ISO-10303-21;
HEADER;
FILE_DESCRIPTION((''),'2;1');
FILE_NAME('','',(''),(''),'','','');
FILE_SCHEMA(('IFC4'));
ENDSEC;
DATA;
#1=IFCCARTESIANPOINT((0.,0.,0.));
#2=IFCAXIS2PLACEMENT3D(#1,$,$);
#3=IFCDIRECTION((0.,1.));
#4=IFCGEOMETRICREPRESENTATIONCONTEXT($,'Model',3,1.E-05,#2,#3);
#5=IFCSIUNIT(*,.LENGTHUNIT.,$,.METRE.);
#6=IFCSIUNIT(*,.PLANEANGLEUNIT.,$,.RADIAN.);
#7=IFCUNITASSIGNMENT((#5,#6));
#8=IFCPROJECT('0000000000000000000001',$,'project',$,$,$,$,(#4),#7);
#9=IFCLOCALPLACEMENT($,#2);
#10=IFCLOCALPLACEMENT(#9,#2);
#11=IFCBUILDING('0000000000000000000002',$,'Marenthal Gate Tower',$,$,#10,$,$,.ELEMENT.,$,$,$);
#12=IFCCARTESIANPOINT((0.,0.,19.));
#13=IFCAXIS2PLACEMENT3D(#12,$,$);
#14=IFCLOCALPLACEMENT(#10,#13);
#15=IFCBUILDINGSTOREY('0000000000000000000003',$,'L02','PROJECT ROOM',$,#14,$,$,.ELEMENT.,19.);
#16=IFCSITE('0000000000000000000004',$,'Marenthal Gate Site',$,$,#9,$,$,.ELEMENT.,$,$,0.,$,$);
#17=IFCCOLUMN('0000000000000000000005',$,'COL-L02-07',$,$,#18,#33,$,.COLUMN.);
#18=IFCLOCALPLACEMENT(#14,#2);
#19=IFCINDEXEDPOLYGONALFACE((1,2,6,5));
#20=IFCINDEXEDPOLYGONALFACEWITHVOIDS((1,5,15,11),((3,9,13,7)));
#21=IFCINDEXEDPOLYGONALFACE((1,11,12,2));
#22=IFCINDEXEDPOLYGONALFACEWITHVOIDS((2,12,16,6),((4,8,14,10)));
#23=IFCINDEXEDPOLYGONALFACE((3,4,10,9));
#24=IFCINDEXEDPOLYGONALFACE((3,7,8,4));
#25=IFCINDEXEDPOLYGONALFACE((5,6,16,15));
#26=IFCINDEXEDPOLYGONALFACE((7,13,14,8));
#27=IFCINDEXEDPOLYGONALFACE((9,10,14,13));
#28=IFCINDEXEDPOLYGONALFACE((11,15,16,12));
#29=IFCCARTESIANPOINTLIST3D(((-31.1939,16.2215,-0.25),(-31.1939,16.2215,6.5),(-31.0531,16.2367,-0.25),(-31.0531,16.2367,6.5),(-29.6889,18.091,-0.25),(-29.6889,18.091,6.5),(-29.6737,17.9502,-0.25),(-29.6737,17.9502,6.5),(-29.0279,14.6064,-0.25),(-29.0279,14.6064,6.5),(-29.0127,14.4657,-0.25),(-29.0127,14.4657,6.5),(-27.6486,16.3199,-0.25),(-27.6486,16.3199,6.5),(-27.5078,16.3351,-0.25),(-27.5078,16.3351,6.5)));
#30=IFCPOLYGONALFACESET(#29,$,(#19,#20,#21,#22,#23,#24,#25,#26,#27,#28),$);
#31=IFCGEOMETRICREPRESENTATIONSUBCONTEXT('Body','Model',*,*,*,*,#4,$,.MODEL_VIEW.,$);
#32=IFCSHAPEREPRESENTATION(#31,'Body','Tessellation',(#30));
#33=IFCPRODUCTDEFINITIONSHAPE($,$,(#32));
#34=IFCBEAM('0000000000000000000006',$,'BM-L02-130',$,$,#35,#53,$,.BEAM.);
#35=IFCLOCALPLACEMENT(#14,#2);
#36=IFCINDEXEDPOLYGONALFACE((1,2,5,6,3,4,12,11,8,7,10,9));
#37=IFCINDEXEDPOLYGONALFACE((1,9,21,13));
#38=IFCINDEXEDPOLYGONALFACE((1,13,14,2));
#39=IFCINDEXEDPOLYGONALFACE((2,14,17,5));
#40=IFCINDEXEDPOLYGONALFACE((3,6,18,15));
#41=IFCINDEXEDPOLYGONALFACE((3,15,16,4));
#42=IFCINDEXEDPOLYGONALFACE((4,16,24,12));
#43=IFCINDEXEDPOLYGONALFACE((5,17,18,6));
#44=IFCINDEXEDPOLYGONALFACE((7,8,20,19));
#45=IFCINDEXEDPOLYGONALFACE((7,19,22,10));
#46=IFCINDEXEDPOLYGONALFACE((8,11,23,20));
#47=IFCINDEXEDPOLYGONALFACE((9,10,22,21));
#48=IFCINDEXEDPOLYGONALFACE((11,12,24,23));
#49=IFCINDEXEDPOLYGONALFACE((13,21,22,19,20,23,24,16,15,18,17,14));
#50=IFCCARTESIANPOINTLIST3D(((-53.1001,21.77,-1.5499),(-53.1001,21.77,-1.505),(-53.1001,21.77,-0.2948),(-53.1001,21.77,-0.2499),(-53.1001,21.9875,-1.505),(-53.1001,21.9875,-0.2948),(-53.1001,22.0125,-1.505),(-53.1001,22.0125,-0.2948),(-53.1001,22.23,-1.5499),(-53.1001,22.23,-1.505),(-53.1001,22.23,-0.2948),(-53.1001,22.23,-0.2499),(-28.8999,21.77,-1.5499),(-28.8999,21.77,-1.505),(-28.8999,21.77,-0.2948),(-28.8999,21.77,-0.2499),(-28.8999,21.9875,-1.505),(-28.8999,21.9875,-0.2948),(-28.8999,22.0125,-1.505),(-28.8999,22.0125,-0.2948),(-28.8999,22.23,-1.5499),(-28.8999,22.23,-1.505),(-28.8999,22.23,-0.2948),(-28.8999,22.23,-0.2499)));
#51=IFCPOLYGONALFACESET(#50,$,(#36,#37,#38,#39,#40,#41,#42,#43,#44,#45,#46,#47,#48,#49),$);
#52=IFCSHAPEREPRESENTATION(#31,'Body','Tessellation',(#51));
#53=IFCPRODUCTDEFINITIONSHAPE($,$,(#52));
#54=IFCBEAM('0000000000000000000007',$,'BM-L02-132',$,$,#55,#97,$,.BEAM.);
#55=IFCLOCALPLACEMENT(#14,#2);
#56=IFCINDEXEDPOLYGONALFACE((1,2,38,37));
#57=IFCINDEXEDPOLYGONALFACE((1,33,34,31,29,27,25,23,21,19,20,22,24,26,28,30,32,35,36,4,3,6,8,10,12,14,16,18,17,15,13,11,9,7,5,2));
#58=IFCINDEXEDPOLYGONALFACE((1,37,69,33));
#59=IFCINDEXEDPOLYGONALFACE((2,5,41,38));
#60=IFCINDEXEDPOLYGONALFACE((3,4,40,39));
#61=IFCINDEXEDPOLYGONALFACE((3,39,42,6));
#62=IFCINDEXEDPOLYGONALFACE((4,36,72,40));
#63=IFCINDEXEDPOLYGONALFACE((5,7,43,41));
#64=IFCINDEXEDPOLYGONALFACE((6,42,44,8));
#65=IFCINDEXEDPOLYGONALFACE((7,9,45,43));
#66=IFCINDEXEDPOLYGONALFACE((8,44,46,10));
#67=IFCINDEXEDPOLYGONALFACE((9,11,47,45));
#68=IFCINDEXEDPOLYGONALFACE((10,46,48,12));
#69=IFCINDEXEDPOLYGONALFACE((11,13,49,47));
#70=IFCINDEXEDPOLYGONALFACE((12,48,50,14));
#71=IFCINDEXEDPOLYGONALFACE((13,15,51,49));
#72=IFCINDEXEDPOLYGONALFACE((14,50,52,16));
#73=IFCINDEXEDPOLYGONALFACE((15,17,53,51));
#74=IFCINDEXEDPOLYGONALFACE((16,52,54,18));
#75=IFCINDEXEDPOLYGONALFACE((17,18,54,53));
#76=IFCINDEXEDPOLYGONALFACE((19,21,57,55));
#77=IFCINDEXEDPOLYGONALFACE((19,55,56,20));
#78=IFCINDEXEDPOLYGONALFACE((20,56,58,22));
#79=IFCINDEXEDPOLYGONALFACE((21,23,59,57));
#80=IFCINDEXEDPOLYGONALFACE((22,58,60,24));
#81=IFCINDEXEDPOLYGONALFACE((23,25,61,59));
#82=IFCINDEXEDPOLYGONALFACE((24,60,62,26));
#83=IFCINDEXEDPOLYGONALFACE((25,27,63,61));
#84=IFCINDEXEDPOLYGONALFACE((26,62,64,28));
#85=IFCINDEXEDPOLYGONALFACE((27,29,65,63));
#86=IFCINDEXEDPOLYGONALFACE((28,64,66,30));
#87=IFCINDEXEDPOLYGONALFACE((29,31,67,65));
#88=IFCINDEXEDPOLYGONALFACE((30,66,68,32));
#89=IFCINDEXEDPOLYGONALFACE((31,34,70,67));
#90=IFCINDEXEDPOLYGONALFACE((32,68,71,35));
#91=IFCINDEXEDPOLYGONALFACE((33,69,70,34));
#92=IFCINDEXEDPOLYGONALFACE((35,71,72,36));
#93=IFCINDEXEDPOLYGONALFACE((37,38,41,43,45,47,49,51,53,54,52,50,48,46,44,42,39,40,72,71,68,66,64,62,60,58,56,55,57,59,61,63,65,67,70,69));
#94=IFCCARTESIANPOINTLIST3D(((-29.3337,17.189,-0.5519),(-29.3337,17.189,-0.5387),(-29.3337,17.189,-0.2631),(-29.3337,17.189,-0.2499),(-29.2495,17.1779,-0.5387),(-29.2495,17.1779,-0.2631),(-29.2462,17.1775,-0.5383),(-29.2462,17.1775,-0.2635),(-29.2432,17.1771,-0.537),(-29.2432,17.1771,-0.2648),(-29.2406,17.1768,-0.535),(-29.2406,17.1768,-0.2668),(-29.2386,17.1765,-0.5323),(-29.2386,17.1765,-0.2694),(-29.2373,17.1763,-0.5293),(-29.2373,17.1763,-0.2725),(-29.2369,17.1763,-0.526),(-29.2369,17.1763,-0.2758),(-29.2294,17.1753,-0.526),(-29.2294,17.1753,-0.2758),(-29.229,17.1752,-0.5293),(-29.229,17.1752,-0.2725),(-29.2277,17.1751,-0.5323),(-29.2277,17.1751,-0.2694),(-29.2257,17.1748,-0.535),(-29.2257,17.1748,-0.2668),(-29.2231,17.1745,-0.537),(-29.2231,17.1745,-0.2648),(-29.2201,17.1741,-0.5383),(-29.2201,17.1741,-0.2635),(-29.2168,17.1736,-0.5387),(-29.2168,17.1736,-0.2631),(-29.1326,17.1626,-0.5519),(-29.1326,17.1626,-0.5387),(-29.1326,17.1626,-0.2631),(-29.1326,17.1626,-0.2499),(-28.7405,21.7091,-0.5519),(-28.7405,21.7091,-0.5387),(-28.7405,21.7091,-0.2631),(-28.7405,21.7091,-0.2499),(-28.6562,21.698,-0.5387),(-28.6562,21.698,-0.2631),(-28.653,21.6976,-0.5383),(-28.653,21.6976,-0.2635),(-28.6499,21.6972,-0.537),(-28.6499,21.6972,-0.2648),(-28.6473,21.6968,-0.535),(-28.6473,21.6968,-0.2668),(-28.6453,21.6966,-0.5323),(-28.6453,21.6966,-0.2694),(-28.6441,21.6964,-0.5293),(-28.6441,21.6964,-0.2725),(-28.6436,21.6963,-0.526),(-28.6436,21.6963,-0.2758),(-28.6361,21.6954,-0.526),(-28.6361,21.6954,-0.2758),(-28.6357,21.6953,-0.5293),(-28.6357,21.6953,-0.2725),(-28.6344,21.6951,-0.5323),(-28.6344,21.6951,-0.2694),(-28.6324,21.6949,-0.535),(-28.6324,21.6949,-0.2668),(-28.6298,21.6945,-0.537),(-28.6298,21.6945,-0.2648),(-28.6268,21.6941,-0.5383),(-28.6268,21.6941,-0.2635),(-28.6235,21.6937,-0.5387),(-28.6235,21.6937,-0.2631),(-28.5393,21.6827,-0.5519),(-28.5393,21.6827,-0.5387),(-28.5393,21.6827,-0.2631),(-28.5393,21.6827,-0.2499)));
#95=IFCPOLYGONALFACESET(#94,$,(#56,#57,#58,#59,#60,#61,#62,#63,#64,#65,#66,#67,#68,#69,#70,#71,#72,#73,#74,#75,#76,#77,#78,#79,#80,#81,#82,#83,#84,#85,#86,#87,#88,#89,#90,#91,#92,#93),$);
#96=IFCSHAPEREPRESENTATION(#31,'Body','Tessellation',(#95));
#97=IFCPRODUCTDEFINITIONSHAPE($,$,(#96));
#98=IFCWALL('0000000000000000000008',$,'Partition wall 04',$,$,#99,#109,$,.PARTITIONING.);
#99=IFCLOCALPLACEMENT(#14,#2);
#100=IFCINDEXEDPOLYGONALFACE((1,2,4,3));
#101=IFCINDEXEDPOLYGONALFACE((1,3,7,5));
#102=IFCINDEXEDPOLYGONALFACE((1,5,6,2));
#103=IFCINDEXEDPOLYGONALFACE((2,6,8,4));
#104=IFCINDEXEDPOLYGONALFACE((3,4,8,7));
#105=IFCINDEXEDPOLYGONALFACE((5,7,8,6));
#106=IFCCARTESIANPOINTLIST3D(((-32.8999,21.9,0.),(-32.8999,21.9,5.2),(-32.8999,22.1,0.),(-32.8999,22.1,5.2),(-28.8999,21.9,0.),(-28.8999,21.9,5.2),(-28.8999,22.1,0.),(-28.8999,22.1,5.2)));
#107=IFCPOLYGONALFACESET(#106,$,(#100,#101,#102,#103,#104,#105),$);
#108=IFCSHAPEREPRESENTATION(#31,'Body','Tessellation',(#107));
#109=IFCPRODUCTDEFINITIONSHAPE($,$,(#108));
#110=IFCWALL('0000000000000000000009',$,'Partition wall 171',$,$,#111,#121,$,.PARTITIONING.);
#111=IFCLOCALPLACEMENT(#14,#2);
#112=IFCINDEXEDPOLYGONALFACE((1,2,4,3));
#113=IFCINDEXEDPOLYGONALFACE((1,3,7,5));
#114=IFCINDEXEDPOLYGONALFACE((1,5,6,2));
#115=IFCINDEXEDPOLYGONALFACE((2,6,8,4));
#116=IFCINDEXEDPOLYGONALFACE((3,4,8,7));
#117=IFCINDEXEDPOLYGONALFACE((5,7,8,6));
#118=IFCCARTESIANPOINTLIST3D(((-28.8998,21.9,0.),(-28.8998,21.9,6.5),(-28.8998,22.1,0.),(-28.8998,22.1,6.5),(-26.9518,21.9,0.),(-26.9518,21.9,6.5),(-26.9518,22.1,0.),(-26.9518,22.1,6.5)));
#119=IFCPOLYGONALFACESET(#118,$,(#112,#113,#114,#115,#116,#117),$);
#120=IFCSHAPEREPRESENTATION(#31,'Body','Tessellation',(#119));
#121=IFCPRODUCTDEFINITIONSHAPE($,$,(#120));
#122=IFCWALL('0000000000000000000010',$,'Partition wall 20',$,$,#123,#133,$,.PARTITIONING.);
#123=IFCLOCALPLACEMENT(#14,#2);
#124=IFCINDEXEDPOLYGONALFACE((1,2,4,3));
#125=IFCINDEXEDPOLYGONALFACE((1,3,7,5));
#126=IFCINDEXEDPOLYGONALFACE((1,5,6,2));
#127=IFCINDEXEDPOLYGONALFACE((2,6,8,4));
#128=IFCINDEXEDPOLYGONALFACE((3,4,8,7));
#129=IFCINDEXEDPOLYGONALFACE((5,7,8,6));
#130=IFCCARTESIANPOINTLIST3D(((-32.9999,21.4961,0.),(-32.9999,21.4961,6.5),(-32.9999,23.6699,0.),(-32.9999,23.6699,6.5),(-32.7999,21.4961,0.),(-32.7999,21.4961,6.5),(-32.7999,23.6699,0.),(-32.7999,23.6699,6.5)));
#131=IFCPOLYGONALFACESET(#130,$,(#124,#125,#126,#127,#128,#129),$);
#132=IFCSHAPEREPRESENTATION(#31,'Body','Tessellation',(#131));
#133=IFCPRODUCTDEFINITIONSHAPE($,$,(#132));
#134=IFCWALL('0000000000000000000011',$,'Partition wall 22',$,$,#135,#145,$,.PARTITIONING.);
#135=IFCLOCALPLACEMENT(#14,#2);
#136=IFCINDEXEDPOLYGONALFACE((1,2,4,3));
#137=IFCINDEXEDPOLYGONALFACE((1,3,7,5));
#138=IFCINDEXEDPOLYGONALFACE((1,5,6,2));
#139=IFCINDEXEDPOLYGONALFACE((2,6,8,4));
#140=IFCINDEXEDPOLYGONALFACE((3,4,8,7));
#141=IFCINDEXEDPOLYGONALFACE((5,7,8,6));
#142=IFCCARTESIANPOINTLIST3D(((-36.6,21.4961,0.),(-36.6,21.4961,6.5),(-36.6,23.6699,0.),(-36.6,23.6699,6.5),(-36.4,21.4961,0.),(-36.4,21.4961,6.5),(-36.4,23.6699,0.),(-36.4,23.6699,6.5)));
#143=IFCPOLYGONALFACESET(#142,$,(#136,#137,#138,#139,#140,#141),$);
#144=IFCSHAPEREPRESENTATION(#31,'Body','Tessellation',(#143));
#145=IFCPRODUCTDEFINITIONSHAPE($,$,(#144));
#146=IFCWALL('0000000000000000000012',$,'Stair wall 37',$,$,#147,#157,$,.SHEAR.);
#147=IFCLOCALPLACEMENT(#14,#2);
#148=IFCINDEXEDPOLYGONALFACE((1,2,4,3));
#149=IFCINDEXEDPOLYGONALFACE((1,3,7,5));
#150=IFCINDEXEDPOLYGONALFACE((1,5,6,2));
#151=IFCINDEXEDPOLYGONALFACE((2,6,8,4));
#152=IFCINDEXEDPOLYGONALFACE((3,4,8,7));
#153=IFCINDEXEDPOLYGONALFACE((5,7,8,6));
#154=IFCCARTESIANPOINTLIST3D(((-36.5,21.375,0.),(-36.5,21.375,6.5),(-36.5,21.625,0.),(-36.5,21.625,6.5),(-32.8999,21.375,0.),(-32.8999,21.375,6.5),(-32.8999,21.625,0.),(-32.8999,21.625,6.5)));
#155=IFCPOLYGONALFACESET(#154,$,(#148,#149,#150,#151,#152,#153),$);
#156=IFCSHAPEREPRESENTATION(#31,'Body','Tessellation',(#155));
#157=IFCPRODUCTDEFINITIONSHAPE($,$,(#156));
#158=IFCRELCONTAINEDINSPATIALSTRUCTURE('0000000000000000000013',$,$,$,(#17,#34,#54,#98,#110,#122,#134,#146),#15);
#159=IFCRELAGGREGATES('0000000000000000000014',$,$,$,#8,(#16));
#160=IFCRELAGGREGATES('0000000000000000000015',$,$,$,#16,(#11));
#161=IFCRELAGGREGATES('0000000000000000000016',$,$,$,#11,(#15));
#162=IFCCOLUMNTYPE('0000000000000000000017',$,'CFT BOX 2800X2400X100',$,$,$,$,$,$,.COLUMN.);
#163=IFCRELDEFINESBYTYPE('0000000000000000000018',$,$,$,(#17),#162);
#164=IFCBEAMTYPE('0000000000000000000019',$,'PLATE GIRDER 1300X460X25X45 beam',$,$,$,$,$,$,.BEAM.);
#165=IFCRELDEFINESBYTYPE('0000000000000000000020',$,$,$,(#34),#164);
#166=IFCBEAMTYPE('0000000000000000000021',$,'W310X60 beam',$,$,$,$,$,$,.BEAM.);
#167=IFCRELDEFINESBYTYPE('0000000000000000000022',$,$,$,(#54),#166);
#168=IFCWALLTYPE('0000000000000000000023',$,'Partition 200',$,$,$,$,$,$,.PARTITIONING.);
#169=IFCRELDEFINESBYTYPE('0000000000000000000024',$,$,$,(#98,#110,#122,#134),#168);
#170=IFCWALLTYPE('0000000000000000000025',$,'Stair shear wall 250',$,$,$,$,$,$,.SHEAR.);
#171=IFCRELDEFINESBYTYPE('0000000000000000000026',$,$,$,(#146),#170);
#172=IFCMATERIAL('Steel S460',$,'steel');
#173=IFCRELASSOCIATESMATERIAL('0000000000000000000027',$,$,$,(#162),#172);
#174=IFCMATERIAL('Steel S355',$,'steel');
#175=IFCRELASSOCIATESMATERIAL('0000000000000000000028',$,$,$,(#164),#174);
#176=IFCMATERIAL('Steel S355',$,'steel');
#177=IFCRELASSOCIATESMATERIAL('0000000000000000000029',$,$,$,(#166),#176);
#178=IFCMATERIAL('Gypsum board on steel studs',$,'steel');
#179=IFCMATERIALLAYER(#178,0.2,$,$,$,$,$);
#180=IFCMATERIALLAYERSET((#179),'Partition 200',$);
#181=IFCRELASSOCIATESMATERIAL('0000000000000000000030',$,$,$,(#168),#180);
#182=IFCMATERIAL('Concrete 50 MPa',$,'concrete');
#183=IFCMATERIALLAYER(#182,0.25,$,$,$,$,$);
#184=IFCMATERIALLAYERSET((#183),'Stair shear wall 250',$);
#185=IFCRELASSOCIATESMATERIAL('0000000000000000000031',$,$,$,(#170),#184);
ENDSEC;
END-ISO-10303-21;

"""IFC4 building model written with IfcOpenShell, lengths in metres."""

from ifc_helpers import new_model, si_unit, direction, frame, frame_2d, origin, origin_2d, place, context, subcontext, project, spatial, rectangle, hollow_rectangle, i_section, extrude, material, layer, layer_set, material_profile, profile_set, type_object, element, save


model = new_model("IFC4")

# Units and contexts
model_context = context("Model", 3, precision=1e-05, world=origin(), true_north=direction((0.0, 1.0)))
body_context = subcontext(model_context, "Body", "Model", "MODEL_VIEW")
ifc_project = project(units=[si_unit("LENGTHUNIT", "METRE"), si_unit("PLANEANGLEUNIT", "RADIAN")], contexts=[model_context])

# Site, building, storey
site_placement = place(None, origin())
site = spatial("IfcSite", under=ifc_project, at=site_placement, Name="Marenthal Gate Site", CompositionType="ELEMENT", RefElevation=0.0)
building_placement = place(site_placement, origin())
building = spatial("IfcBuilding", under=site, at=building_placement, Name="Marenthal Gate Tower", CompositionType="ELEMENT")
storey_placement = place(building_placement, frame((0.0, 0.0, 19.0)))
storey = spatial("IfcBuildingStorey", under=building, at=storey_placement, Name="L02", Description="PROJECT ROOM", CompositionType="ELEMENT", Elevation=19.0)

# Column
ifc_material_1 = material(Name="Steel S460", Category="steel")
ifc_material_profile_1 = material_profile(ifc_material_1, hollow_rectangle(XDim=2.3999, YDim=2.8, WallThickness=0.1001, at=origin_2d()), Name="CFT BOX 2800X2400X100")
ifc_material_2 = material(Name="Concrete 70 MPa", Category="concrete")
ifc_material_profile_2 = material_profile(ifc_material_2, rectangle(XDim=2.2, YDim=2.6001, at=origin_2d()), Name="CFT BOX 2800X2400X100 INFILL")
ifc_profile_set_1 = profile_set([ifc_material_profile_1, ifc_material_profile_2], Name="Steel S460 shell, Concrete 70 MPa infill")
column_type = type_object("IfcColumnType", Name="CFT BOX 2800X2400X100", PredefinedType="COLUMN", material=ifc_profile_set_1)
column_placement = place(storey_placement, frame((-29.3508, 16.2783, -0.25), z_axis=(0.0, 0.0, 1.0), x_axis=(0.62707, 0.778963, 0.0)))
element("IfcColumn", 1, at=column_placement, inside=storey, type_object=column_type, Name="COL-L02-07", PredefinedType="COLUMN", context=body_context, shape_type="SweptSolid", body=[
    extrude(hollow_rectangle(XDim=2.3999, YDim=2.8, WallThickness=0.1001, at=origin_2d()), origin(), (0.0, 0.0, 1.0), 6.75),
])

# Beams
ifc_material_3 = material(Name="Steel S355", Category="steel")
ifc_material_profile_3 = material_profile(ifc_material_3, i_section(OverallWidth=0.46, OverallDepth=1.3, WebThickness=0.0249, FlangeThickness=0.0449, at=origin_2d()), Name="PLATE GIRDER 1300X460X25X45")
ifc_profile_set_2 = profile_set([ifc_material_profile_3], Name="Steel S355")
beam_type_1 = type_object("IfcBeamType", Name="PLATE GIRDER 1300X460X25X45 beam", PredefinedType="BEAM", material=ifc_profile_set_2)
beam_1_placement = place(storey_placement, frame((-28.8999, 22.0, -0.8999), z_axis=(-1.0, 0.0, 0.0), x_axis=(0.0, -1.0, 0.0)))
element("IfcBeam", 2, at=beam_1_placement, inside=storey, type_object=beam_type_1, Name="BM-L02-130", PredefinedType="BEAM", context=body_context, shape_type="SweptSolid", body=[
    extrude(i_section(OverallWidth=0.46, OverallDepth=1.3, WebThickness=0.0249, FlangeThickness=0.0449, at=origin_2d()), origin(), (0.0, 0.0, 1.0), 24.2002),
])
ifc_material_4 = material(Name="Steel S355", Category="steel")
ifc_material_profile_4 = material_profile(ifc_material_4, i_section(OverallWidth=0.2029, OverallDepth=0.302, WebThickness=0.0076, FlangeThickness=0.0132, FilletRadius=0.0127, at=origin_2d()), Name="W310X60")
ifc_profile_set_3 = profile_set([ifc_material_profile_4], Name="Steel S355")
beam_type_2 = type_object("IfcBeamType", Name="W310X60 beam", PredefinedType="BEAM", material=ifc_profile_set_3)
beam_2_placement = place(storey_placement, frame((-29.2332, 17.1758, -0.4009), z_axis=(0.130136, 0.991496, 0.0), x_axis=(-0.991496, 0.130136, 0.0)))
element("IfcBeam", 3, at=beam_2_placement, inside=storey, type_object=beam_type_2, Name="BM-L02-132", PredefinedType="BEAM", context=body_context, shape_type="SweptSolid", body=[
    extrude(i_section(OverallWidth=0.2029, OverallDepth=0.302, WebThickness=0.0076, FlangeThickness=0.0132, FilletRadius=0.0127, at=origin_2d()), origin(), (0.0, 0.0, 1.0), 4.5588),
])

# Walls
ifc_material_5 = material(Name="Gypsum board on steel studs", Category="steel")
ifc_layer_1 = layer(ifc_material_5, 0.2)
ifc_layer_set_1 = layer_set([ifc_layer_1], Name="Partition 200")
wall_type_1 = type_object("IfcWallType", Name="Partition 200", PredefinedType="PARTITIONING", material=ifc_layer_set_1)
wall_1_placement = place(storey_placement, frame((-32.8999, 22.0, 0.0), z_axis=(0.0, 0.0, 1.0), x_axis=(1.0, 0.0, 0.0)))
element("IfcWall", 4, at=wall_1_placement, inside=storey, type_object=wall_type_1, Name="Partition wall 04", PredefinedType="PARTITIONING", context=body_context, shape_type="SweptSolid", body=[
    extrude(rectangle(XDim=4.0, YDim=0.2, at=frame_2d((2.0, 0.0))), origin(), (0.0, 0.0, 1.0), 5.2),
])
wall_2_placement = place(storey_placement, frame((-28.8999, 22.0, 0.0), z_axis=(0.0, 0.0, 1.0), x_axis=(1.0, 0.0, 0.0)))
element("IfcWall", 5, at=wall_2_placement, inside=storey, type_object=wall_type_1, Name="Partition wall 171", PredefinedType="PARTITIONING", context=body_context, shape_type="SweptSolid", body=[
    extrude(rectangle(XDim=1.948, YDim=0.2, at=frame_2d((0.9741, 0.0))), origin(), (0.0, 0.0, 1.0), 6.5),
])
for number, where, z_axis, x_axis, name in (
    (6, (-32.8999, 21.4961, 0.0), (0.0, 0.0, 1.0), (0.0, 1.0, 0.0), "Partition wall 20"),
    (7, (-36.5, 21.4961, 0.0), (0.0, 0.0, 1.0), (0.0, 1.0, 0.0), "Partition wall 22"),
):
    element("IfcWall", number, at=place(storey_placement, frame(where, z_axis=z_axis, x_axis=x_axis)), inside=storey, type_object=wall_type_1, Name=name, PredefinedType="PARTITIONING", context=body_context, shape_type="SweptSolid", body=[
        extrude(rectangle(XDim=2.1738, YDim=0.2, at=frame_2d((1.0869, 0.0))), origin(), (0.0, 0.0, 1.0), 6.5),
    ])
ifc_material_6 = material(Name="Concrete 50 MPa", Category="concrete")
ifc_layer_2 = layer(ifc_material_6, 0.25)
ifc_layer_set_2 = layer_set([ifc_layer_2], Name="Stair shear wall 250")
wall_type_2 = type_object("IfcWallType", Name="Stair shear wall 250", PredefinedType="SHEAR", material=ifc_layer_set_2)
wall_3_placement = place(storey_placement, frame((-36.5, 21.5, 0.0), z_axis=(0.0, 0.0, 1.0), x_axis=(1.0, 0.0, 0.0)))
element("IfcWall", 8, at=wall_3_placement, inside=storey, type_object=wall_type_2, Name="Stair wall 37", PredefinedType="SHEAR", context=body_context, shape_type="SweptSolid", body=[
    extrude(rectangle(XDim=3.6001, YDim=0.25, at=frame_2d((1.8, 0.0))), origin(), (0.0, 0.0, 1.0), 6.5),
])

save(model, "model.ifc")
